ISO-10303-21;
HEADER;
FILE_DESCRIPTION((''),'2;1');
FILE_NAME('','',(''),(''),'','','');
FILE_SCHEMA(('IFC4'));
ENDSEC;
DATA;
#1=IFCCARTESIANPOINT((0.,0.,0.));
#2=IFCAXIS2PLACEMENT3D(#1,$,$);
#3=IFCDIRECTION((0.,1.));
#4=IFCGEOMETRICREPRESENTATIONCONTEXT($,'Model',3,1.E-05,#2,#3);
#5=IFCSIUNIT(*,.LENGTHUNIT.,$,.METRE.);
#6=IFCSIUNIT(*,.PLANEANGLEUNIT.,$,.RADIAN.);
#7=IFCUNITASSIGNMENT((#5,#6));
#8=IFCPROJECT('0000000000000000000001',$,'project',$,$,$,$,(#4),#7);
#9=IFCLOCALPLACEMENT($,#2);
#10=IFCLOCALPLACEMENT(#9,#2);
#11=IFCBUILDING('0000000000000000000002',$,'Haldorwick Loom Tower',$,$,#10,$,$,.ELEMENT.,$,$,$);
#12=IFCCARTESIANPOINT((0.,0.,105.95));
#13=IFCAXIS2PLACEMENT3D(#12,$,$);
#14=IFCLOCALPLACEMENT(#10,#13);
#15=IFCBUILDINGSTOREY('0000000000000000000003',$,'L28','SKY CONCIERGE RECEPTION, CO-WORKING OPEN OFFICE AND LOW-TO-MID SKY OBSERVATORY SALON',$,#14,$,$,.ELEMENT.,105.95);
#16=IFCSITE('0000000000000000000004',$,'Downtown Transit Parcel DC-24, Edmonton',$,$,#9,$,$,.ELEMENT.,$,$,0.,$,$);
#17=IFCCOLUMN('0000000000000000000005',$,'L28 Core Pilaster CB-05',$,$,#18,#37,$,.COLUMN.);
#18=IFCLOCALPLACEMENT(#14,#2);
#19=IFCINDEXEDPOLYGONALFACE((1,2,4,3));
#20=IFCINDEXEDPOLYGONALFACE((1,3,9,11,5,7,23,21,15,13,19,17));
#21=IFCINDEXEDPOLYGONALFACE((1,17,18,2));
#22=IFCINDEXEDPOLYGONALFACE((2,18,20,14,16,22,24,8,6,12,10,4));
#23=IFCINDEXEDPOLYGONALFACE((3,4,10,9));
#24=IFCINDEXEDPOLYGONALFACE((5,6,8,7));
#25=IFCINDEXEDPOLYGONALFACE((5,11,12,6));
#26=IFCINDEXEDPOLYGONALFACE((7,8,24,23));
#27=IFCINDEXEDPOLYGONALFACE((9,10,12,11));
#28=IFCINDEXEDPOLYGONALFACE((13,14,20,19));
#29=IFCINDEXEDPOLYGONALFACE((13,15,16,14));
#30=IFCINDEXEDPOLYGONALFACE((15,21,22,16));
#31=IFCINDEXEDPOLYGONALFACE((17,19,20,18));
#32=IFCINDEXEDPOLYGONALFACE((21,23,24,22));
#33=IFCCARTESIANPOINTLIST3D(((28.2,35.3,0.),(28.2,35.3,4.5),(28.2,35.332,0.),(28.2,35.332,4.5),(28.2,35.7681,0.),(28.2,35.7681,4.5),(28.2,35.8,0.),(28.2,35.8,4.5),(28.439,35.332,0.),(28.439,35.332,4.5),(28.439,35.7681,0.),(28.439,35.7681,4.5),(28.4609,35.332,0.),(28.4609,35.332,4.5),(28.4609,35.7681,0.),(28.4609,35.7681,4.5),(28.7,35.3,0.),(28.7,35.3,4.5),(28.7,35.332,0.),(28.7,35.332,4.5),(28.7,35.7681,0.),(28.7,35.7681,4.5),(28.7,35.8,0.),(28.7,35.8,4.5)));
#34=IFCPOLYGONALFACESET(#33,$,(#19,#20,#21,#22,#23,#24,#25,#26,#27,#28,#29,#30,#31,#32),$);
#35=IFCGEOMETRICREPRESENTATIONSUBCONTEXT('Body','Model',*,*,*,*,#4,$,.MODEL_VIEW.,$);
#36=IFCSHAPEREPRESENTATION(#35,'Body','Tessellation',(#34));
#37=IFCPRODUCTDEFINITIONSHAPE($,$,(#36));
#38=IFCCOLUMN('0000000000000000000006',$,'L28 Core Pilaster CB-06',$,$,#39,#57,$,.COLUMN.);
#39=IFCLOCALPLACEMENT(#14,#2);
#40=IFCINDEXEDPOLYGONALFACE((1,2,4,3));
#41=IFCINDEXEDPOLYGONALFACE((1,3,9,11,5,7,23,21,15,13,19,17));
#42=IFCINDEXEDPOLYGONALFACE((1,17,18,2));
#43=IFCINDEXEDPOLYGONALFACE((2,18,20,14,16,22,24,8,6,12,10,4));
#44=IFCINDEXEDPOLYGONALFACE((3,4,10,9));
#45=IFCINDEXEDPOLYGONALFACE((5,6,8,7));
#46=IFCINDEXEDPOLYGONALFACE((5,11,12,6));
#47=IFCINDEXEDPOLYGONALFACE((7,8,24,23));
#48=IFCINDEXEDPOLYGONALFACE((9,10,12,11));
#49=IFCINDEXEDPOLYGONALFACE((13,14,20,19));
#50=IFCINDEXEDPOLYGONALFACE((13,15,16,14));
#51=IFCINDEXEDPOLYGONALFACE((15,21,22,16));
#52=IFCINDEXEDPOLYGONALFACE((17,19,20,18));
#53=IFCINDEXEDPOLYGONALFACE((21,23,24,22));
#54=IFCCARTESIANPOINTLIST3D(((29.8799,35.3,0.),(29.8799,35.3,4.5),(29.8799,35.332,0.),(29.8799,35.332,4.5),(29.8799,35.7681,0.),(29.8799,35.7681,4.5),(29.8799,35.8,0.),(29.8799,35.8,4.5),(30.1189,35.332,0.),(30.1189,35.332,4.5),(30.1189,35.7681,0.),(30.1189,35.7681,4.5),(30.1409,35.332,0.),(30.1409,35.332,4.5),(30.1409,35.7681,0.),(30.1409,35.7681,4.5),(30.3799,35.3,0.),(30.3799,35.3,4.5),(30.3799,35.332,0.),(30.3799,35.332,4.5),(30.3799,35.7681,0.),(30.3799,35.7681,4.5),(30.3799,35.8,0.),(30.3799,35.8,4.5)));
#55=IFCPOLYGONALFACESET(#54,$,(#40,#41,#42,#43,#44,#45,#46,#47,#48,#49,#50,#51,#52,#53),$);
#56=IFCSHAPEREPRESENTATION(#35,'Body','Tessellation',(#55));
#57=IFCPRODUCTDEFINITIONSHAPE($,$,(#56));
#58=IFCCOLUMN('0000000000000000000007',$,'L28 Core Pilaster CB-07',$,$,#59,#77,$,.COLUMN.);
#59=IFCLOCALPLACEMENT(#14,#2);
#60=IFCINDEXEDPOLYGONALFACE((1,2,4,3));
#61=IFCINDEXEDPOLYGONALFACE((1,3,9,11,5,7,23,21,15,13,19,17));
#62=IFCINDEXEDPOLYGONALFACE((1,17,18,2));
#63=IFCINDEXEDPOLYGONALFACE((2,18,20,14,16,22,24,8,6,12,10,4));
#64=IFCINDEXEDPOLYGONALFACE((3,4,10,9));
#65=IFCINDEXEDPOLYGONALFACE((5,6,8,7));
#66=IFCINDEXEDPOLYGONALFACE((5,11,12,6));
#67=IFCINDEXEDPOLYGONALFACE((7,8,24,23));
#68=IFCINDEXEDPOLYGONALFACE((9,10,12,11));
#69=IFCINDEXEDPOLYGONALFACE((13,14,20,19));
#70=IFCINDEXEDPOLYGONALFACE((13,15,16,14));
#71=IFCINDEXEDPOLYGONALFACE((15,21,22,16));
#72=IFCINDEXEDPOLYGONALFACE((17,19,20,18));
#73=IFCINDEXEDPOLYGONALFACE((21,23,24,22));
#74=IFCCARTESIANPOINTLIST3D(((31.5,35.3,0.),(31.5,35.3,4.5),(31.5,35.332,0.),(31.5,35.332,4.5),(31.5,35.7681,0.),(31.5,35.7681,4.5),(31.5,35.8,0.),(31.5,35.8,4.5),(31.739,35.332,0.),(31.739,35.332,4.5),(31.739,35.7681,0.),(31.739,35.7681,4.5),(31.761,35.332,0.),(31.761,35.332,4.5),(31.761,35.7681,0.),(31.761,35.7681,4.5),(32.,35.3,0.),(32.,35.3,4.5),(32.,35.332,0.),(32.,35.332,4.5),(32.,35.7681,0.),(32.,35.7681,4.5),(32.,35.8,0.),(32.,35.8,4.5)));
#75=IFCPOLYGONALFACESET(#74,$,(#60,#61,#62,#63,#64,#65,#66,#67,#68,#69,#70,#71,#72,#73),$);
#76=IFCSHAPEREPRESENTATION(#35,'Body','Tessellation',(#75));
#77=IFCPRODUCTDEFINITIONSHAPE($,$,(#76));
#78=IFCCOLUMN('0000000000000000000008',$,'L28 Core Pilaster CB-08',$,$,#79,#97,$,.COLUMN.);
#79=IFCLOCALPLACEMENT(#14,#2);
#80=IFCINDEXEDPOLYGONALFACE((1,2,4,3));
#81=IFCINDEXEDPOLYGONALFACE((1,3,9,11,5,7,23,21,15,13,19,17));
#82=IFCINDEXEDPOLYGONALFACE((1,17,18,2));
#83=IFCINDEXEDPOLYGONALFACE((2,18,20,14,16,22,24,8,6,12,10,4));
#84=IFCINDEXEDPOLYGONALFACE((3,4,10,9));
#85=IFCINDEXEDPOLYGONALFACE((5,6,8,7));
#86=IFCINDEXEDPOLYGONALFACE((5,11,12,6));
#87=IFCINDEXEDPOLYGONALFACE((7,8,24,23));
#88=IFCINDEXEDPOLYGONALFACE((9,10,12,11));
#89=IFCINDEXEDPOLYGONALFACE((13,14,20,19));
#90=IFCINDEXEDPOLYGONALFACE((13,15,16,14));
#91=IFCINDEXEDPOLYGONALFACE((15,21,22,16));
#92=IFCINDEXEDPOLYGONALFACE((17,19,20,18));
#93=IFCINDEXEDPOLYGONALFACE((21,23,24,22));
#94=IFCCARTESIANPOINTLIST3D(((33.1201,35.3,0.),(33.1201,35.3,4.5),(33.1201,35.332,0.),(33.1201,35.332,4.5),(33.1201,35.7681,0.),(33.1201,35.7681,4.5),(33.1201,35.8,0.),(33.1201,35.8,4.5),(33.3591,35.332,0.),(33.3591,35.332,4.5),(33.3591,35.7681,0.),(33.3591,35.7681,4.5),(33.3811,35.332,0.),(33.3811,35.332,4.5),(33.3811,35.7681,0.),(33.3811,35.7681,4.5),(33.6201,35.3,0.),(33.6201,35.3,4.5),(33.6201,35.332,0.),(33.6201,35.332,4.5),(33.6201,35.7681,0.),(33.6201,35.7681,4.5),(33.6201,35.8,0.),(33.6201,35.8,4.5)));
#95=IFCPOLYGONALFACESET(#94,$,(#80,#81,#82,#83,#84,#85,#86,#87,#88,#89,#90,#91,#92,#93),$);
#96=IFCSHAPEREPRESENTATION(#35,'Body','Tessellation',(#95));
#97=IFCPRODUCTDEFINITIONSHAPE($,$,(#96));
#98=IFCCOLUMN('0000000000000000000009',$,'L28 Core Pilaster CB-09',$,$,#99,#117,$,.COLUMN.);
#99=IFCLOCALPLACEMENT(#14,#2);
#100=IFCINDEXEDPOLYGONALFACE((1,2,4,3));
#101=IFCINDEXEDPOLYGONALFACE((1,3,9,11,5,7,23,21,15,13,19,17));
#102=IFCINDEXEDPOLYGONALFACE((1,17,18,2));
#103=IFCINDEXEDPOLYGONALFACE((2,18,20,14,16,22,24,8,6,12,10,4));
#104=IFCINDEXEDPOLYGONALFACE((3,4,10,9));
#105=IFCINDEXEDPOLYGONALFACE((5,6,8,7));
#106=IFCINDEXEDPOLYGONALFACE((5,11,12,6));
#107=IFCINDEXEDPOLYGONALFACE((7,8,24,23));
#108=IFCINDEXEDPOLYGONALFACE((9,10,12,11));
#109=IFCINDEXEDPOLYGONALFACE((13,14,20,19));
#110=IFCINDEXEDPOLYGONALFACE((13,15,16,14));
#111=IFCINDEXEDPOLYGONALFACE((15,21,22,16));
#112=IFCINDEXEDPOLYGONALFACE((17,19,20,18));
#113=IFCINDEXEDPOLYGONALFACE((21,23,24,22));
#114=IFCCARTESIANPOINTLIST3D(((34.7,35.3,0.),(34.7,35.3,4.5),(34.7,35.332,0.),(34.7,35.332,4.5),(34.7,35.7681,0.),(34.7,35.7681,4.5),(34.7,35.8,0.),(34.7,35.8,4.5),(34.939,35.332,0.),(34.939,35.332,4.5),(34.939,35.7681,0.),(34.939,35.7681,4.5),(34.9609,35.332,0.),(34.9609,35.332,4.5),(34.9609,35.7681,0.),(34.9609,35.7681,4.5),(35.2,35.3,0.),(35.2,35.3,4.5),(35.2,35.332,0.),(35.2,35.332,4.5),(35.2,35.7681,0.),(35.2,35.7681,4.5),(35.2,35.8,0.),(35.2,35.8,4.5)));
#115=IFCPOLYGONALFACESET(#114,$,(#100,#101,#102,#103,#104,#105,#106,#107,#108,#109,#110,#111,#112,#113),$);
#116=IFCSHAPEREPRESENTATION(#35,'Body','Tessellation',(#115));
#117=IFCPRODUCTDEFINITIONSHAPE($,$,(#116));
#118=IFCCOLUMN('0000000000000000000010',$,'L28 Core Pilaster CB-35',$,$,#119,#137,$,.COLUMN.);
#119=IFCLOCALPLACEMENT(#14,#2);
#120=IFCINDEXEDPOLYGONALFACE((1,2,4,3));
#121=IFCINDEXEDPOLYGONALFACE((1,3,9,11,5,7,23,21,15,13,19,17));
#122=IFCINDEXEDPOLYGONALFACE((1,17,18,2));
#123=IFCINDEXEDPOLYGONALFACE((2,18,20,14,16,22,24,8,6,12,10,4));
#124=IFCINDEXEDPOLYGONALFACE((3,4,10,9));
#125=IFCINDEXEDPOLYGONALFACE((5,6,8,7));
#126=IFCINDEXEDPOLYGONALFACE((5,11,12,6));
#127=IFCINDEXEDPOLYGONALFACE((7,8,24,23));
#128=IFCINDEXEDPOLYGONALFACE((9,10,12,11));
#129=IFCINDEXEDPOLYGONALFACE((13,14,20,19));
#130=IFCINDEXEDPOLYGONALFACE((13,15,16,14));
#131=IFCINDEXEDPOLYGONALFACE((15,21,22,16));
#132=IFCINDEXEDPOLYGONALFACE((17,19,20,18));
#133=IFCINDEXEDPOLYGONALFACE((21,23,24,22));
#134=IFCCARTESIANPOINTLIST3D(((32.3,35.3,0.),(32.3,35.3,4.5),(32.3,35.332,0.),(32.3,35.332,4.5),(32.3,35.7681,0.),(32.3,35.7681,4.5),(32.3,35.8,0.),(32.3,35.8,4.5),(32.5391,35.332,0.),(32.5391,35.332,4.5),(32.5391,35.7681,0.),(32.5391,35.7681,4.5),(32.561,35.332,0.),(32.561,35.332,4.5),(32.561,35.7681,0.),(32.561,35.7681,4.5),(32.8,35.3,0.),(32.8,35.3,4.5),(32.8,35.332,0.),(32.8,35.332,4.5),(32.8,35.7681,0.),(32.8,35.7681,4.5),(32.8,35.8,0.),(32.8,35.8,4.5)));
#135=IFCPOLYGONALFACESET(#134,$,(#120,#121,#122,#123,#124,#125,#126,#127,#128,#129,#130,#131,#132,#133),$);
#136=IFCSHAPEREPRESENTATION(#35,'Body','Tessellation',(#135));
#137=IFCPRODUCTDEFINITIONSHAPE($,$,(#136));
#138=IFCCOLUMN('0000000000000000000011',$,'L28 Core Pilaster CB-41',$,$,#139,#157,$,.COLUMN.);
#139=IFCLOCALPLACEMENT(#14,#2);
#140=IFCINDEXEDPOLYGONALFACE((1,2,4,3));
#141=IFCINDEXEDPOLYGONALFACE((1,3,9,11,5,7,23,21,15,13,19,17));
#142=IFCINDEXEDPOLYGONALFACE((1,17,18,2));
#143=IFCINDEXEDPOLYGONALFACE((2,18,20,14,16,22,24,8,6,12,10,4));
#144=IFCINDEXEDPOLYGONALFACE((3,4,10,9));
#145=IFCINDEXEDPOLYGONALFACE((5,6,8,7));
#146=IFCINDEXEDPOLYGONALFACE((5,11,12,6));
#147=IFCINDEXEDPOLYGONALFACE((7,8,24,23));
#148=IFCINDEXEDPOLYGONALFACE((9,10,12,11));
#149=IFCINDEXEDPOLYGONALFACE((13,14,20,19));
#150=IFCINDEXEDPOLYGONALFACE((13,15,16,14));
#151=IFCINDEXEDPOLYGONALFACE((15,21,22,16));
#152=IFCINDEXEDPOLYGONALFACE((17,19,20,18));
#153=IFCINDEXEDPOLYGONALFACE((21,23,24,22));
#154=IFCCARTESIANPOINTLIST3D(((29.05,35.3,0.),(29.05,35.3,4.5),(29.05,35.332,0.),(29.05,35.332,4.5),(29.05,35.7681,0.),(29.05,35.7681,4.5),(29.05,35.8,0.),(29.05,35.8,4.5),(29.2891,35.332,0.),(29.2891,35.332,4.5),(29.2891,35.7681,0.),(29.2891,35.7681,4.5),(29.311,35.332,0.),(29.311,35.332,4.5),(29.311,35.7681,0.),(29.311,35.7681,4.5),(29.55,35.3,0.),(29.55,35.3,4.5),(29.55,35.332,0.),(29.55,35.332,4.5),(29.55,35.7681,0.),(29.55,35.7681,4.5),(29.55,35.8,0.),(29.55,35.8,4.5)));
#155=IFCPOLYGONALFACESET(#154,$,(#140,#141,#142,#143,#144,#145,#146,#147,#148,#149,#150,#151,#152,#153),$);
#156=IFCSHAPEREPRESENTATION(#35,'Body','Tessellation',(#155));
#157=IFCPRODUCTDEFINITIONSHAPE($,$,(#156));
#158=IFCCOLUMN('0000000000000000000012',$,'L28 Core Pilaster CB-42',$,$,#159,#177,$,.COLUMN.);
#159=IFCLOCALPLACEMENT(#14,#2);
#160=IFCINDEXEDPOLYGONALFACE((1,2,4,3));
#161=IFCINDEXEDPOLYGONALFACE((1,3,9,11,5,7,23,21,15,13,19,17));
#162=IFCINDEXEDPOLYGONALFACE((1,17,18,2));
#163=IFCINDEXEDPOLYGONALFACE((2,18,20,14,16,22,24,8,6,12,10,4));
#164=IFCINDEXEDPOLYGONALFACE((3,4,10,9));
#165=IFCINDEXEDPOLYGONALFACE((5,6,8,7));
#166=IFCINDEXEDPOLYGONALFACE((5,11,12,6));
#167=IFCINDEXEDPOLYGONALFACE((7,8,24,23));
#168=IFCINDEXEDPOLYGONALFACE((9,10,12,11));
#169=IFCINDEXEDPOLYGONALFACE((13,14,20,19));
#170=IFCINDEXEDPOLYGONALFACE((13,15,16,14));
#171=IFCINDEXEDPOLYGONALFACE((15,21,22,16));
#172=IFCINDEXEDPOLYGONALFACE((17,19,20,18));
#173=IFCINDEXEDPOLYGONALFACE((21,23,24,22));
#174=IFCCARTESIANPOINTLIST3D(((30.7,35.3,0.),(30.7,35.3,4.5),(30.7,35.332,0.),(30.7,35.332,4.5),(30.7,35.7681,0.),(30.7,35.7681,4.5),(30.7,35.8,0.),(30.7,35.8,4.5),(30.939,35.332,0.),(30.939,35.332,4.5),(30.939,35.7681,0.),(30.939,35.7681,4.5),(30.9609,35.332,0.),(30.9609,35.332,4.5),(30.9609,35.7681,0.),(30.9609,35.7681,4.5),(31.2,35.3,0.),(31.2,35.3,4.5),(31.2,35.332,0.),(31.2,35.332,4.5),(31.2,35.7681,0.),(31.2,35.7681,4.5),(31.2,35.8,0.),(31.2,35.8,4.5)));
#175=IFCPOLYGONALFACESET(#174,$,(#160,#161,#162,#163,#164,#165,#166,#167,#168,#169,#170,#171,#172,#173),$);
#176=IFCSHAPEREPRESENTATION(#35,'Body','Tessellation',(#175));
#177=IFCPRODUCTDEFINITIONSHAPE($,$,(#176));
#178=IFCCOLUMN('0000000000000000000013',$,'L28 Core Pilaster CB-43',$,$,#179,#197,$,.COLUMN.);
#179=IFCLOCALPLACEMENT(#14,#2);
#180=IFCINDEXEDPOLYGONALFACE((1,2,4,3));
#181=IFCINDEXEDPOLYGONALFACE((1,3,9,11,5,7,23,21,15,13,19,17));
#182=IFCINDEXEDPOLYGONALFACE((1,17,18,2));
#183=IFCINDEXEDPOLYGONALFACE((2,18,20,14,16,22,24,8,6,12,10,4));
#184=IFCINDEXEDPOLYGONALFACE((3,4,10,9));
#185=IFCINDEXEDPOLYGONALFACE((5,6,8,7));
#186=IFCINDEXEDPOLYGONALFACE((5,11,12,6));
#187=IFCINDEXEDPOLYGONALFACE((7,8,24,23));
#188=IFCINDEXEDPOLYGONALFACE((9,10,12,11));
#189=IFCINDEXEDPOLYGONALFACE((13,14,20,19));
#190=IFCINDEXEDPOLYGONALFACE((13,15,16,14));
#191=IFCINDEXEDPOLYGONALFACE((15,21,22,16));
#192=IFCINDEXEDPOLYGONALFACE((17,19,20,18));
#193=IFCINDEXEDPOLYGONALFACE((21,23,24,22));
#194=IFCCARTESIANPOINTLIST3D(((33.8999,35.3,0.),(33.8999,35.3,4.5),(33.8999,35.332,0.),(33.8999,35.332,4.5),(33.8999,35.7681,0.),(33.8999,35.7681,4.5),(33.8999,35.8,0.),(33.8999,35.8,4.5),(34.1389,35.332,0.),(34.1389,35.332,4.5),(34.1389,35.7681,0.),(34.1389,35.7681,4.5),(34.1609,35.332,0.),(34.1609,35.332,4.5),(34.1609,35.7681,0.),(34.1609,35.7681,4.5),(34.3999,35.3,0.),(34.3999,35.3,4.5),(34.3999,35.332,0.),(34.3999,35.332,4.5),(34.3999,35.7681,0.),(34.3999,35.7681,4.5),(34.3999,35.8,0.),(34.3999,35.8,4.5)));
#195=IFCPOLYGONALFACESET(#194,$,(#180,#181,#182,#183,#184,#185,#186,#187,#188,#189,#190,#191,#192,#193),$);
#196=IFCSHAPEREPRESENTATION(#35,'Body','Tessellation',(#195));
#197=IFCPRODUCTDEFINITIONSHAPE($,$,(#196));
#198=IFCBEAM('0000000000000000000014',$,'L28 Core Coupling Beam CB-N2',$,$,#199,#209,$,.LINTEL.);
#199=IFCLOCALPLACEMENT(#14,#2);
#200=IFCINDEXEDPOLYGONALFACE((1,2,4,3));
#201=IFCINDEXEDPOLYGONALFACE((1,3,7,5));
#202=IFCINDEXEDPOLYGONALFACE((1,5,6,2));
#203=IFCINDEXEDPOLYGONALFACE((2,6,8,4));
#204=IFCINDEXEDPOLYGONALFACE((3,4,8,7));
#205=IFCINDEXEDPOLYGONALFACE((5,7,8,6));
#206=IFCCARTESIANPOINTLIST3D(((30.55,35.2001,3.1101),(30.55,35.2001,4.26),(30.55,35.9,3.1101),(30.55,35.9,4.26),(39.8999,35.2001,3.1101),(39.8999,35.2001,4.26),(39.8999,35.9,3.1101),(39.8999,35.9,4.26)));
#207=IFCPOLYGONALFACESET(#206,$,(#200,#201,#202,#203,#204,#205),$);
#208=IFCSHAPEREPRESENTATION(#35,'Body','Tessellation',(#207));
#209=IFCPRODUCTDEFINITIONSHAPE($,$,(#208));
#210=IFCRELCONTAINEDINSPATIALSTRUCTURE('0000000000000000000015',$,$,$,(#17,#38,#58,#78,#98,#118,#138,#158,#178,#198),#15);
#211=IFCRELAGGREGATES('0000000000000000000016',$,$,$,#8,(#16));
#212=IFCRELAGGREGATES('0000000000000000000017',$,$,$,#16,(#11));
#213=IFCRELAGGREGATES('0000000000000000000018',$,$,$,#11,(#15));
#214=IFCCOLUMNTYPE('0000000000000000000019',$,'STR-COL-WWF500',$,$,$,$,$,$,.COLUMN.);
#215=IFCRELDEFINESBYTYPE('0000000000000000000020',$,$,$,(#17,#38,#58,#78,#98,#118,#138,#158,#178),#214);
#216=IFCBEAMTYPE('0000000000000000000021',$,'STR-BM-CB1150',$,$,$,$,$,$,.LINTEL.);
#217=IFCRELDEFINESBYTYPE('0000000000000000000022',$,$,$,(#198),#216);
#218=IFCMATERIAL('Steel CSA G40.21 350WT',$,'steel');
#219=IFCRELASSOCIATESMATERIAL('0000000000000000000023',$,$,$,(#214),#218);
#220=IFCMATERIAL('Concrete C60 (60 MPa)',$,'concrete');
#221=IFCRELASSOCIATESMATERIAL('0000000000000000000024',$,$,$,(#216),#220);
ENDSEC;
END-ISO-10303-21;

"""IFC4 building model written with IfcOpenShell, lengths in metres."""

from ifc_helpers import new_model, si_unit, direction, frame, origin, origin_2d, place, context, subcontext, project, spatial, rectangle, i_section, extrude, material, material_profile, profile_set, type_object, element, save


model = new_model("IFC4")

# Units and contexts
model_context = context("Model", 3, precision=1e-05, world=origin(), true_north=direction((0.0, 1.0)))
body_context = subcontext(model_context, "Body", "Model", "MODEL_VIEW")
ifc_project = project(units=[si_unit("LENGTHUNIT", "METRE"), si_unit("PLANEANGLEUNIT", "RADIAN")], contexts=[model_context])

# Site, building, storey
site_placement = place(None, origin())
site = spatial("IfcSite", under=ifc_project, at=site_placement, Name="Downtown Transit Parcel DC-24, Edmonton", CompositionType="ELEMENT", RefElevation=0.0)
building_placement = place(site_placement, origin())
building = spatial("IfcBuilding", under=site, at=building_placement, Name="Haldorwick Loom Tower", CompositionType="ELEMENT")
storey_placement = place(building_placement, frame((0.0, 0.0, 105.95)))
storey = spatial("IfcBuildingStorey", under=building, at=storey_placement, Name="L28", Description="SKY CONCIERGE RECEPTION, CO-WORKING OPEN OFFICE AND LOW-TO-MID SKY OBSERVATORY SALON", CompositionType="ELEMENT", Elevation=105.95)

# Columns
ifc_material_1 = material(Name="Steel CSA G40.21 350WT", Category="steel")
ifc_material_profile_1 = material_profile(ifc_material_1, i_section(OverallWidth=0.5, OverallDepth=0.5, WebThickness=0.022, FlangeThickness=0.032, at=origin_2d()), Name="WWF500X500", Category="steel")
ifc_profile_set_1 = profile_set([ifc_material_profile_1], Name="Steel CSA G40.21 350WT")
column_type = type_object("IfcColumnType", Name="STR-COL-WWF500", PredefinedType="COLUMN", material=ifc_profile_set_1)
for number, where, z_axis, x_axis, name in (
    (1, (28.45, 35.55, 0.0), (0.0, 0.0, 1.0), (1.0, 0.0, 0.0), "L28 Core Pilaster CB-05"),
    (2, (30.1299, 35.55, 0.0), (0.0, 0.0, 1.0), (1.0, 0.0, 0.0), "L28 Core Pilaster CB-06"),
    (3, (31.75, 35.55, 0.0), (0.0, 0.0, 1.0), (1.0, 0.0, 0.0), "L28 Core Pilaster CB-07"),
    (4, (33.3701, 35.55, 0.0), (0.0, 0.0, 1.0), (1.0, 0.0, 0.0), "L28 Core Pilaster CB-08"),
    (5, (34.95, 35.55, 0.0), (0.0, 0.0, 1.0), (1.0, 0.0, 0.0), "L28 Core Pilaster CB-09"),
    (6, (32.55, 35.55, 0.0), (0.0, 0.0, 1.0), (1.0, 0.0, 0.0), "L28 Core Pilaster CB-35"),
    (7, (29.3, 35.55, 0.0), (0.0, 0.0, 1.0), (1.0, 0.0, 0.0), "L28 Core Pilaster CB-41"),
    (8, (30.95, 35.55, 0.0), (0.0, 0.0, 1.0), (1.0, 0.0, 0.0), "L28 Core Pilaster CB-42"),
    (9, (34.1499, 35.55, 0.0), (0.0, 0.0, 1.0), (1.0, 0.0, 0.0), "L28 Core Pilaster CB-43"),
):
    element("IfcColumn", number, at=place(storey_placement, frame(where, z_axis=z_axis, x_axis=x_axis)), inside=storey, type_object=column_type, Name=name, PredefinedType="COLUMN", context=body_context, shape_type="SweptSolid", body=[
        extrude(i_section(OverallWidth=0.5, OverallDepth=0.5, WebThickness=0.022, FlangeThickness=0.032, at=origin_2d()), origin(), (0.0, 0.0, 1.0), 4.5),
    ])

# Beam
ifc_material_2 = material(Name="Concrete C60 (60 MPa)", Category="concrete")
ifc_material_profile_2 = material_profile(ifc_material_2, rectangle(XDim=0.7, YDim=1.1499, at=origin_2d()), Name="RC700X1150", Category="concrete")
ifc_profile_set_2 = profile_set([ifc_material_profile_2], Name="Concrete C60 (60 MPa)")
beam_type_1 = type_object("IfcBeamType", Name="STR-BM-CB1150", PredefinedType="LINTEL", material=ifc_profile_set_2)
beam_1_placement = place(storey_placement, frame((30.55, 35.55, 3.6851), z_axis=(1.0, 0.0, 0.0), x_axis=(0.0, 1.0, 0.0)))
element("IfcBeam", 10, at=beam_1_placement, inside=storey, type_object=beam_type_1, Name="L28 Core Coupling Beam CB-N2", PredefinedType="LINTEL", context=body_context, shape_type="SweptSolid", body=[
    extrude(rectangle(XDim=0.7, YDim=1.1499, at=origin_2d()), origin(), (0.0, 0.0, 1.0), 9.3499),
])

save(model, "model.ifc")
